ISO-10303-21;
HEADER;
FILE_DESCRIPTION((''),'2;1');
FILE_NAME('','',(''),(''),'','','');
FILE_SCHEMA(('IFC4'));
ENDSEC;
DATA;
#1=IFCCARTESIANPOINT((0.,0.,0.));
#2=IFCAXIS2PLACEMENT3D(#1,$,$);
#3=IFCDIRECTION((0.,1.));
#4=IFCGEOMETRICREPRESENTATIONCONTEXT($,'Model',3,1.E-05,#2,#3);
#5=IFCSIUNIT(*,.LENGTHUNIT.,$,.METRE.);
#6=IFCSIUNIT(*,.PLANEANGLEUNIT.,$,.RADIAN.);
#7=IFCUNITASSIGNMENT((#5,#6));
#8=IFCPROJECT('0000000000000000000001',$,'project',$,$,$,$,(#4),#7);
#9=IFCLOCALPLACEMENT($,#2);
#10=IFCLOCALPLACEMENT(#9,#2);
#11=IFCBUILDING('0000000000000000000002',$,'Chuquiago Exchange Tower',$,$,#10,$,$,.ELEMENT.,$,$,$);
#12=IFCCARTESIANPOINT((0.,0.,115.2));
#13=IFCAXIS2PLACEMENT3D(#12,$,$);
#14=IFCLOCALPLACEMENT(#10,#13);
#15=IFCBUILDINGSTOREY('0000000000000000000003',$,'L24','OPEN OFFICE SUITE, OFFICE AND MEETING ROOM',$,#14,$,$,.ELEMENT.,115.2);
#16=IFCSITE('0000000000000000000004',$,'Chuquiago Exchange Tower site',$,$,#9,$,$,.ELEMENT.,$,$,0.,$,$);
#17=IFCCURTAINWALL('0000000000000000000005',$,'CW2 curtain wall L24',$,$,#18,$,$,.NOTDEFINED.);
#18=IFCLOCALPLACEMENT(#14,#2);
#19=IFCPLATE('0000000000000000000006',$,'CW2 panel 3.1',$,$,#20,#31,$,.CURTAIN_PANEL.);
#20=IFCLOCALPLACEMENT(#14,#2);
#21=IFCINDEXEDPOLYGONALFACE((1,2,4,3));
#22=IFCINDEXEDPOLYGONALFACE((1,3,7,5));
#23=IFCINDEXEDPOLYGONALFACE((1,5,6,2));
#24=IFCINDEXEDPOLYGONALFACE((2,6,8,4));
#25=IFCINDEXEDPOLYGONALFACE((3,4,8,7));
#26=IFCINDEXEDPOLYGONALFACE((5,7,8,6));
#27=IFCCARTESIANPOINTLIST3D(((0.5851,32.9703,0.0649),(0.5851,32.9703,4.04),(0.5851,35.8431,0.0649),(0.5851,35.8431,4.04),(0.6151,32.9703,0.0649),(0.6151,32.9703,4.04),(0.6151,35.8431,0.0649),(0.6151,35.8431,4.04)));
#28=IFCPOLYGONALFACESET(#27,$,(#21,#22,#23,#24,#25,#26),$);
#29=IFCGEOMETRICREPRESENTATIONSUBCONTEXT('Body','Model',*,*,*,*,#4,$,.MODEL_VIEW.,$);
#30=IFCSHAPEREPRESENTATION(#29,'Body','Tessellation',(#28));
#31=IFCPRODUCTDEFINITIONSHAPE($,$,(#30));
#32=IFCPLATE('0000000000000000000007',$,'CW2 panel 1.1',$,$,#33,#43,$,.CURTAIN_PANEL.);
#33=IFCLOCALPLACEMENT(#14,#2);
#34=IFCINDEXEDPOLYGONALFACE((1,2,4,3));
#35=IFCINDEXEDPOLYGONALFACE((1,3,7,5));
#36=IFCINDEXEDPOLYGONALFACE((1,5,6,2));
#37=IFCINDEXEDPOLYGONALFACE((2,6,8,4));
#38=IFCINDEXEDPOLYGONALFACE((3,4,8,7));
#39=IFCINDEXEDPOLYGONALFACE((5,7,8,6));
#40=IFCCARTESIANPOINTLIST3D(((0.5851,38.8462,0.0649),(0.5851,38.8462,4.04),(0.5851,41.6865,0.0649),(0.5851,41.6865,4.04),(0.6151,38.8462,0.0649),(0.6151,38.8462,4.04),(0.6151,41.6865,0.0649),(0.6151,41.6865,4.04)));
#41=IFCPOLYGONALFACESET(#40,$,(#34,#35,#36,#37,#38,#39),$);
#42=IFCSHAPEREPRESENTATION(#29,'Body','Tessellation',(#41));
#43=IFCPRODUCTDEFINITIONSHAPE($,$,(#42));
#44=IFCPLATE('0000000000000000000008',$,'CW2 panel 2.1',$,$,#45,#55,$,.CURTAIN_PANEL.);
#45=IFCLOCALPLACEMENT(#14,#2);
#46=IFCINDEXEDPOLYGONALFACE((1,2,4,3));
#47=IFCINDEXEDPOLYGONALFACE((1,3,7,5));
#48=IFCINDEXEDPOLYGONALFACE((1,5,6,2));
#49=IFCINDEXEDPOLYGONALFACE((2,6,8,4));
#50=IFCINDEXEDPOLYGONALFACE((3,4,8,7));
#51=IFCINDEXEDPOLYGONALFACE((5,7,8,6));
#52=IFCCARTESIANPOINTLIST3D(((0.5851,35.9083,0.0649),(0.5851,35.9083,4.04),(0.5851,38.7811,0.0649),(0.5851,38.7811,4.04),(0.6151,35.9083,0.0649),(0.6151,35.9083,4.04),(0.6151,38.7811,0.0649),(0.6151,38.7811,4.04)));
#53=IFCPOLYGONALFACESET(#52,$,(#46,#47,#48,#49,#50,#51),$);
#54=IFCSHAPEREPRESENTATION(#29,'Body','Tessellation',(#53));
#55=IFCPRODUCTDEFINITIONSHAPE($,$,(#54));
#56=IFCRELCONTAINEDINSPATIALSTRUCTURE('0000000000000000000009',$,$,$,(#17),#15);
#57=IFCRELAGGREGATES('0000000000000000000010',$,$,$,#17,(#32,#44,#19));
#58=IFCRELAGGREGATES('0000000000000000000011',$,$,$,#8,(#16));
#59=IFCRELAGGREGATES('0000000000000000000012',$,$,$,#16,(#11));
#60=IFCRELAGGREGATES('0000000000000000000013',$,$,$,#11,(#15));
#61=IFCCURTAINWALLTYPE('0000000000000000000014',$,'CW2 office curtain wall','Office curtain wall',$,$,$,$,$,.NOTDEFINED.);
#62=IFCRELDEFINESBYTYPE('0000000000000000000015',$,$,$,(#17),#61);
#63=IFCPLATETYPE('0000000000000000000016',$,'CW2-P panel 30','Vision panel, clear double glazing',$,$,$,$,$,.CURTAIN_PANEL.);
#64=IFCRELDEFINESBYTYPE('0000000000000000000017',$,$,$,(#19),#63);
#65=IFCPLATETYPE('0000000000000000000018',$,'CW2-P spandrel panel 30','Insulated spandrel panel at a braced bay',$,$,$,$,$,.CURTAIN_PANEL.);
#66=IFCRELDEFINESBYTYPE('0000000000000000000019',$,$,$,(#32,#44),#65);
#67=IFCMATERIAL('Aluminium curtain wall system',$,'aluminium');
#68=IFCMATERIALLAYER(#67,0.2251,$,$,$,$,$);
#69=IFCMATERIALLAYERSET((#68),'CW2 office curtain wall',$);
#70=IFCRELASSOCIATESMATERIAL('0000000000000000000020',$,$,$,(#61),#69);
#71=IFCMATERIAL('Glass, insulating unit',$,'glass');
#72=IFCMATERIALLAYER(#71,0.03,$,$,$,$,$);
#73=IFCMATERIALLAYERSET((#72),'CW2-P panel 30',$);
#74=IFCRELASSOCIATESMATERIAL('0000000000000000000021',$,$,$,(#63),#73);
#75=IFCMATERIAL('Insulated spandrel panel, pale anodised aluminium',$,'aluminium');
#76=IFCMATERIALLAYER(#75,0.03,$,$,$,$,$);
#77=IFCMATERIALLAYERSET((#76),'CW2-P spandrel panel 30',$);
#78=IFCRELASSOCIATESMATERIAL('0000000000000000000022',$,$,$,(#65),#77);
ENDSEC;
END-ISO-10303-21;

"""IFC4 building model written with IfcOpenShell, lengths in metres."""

from ifc_helpers import new_model, si_unit, direction, frame, origin, origin_2d, place, context, subcontext, project, spatial, rectangle, extrude, material, layer, layer_set, type_object, element, aggregate, save


model = new_model("IFC4")

# Units and contexts
model_context = context("Model", 3, precision=1e-05, world=origin(), true_north=direction((0.0, 1.0)))
body_context = subcontext(model_context, "Body", "Model", "MODEL_VIEW")
ifc_project = project(units=[si_unit("LENGTHUNIT", "METRE"), si_unit("PLANEANGLEUNIT", "RADIAN")], contexts=[model_context])

# Site, building, storey
site_placement = place(None, origin())
site = spatial("IfcSite", under=ifc_project, at=site_placement, Name="Chuquiago Exchange Tower site", CompositionType="ELEMENT", RefElevation=0.0)
building_placement = place(site_placement, origin())
building = spatial("IfcBuilding", under=site, at=building_placement, Name="Chuquiago Exchange Tower", CompositionType="ELEMENT")
storey_placement = place(building_placement, frame((0.0, 0.0, 115.2)))
storey = spatial("IfcBuildingStorey", under=building, at=storey_placement, Name="L24", Description="OPEN OFFICE SUITE, OFFICE AND MEETING ROOM", CompositionType="ELEMENT", Elevation=115.2)

# Curtain wall
ifc_material_1 = material(Name="Aluminium curtain wall system", Category="aluminium")
ifc_layer_1 = layer(ifc_material_1, 0.2251)
ifc_layer_set_1 = layer_set([ifc_layer_1], Name="CW2 office curtain wall")
curtain_wall_type = type_object("IfcCurtainWallType", Name="CW2 office curtain wall", Description="Office curtain wall", PredefinedType="NOTDEFINED", material=ifc_layer_set_1)
curtain_wall_placement = place(storey_placement, origin())
curtain_wall = element("IfcCurtainWall", 1, at=curtain_wall_placement, inside=storey, type_object=curtain_wall_type, Name="CW2 curtain wall L24", PredefinedType="NOTDEFINED")

# Plates
ifc_material_2 = material(Name="Glass, insulating unit", Category="glass")
ifc_layer_2 = layer(ifc_material_2, 0.03)
ifc_layer_set_2 = layer_set([ifc_layer_2], Name="CW2-P panel 30")
plate_type_1 = type_object("IfcPlateType", Name="CW2-P panel 30", Description="Vision panel, clear double glazing", PredefinedType="CURTAIN_PANEL", material=ifc_layer_set_2)
plate_1_placement = place(storey_placement, frame((0.6001, 34.4067, 0.0649), z_axis=(0.0, 0.0, 1.0), x_axis=(0.0, -1.0, 0.0)))
plate_1 = element("IfcPlate", 2, at=plate_1_placement, type_object=plate_type_1, Name="CW2 panel 3.1", PredefinedType="CURTAIN_PANEL", context=body_context, shape_type="SweptSolid", body=[
    extrude(rectangle(XDim=2.8728, YDim=0.03, at=origin_2d()), origin(), (0.0, 0.0, 1.0), 3.9751),
])
ifc_material_3 = material(Name="Insulated spandrel panel, pale anodised aluminium", Category="aluminium")
ifc_layer_3 = layer(ifc_material_3, 0.03)
ifc_layer_set_3 = layer_set([ifc_layer_3], Name="CW2-P spandrel panel 30")
plate_type_2 = type_object("IfcPlateType", Name="CW2-P spandrel panel 30", Description="Insulated spandrel panel at a braced bay", PredefinedType="CURTAIN_PANEL", material=ifc_layer_set_3)
plate_2_placement = place(storey_placement, frame((0.6001, 40.2664, 0.0649), z_axis=(0.0, 0.0, 1.0), x_axis=(0.0, -1.0, 0.0)))
plate_2 = element("IfcPlate", 3, at=plate_2_placement, type_object=plate_type_2, Name="CW2 panel 1.1", PredefinedType="CURTAIN_PANEL", context=body_context, shape_type="SweptSolid", body=[
    extrude(rectangle(XDim=2.8403, YDim=0.03, at=origin_2d()), origin(), (0.0, 0.0, 1.0), 3.9751),
])
plate_3_placement = place(storey_placement, frame((0.6001, 37.3447, 0.0649), z_axis=(0.0, 0.0, 1.0), x_axis=(0.0, -1.0, 0.0)))
plate_3 = element("IfcPlate", 4, at=plate_3_placement, type_object=plate_type_2, Name="CW2 panel 2.1", PredefinedType="CURTAIN_PANEL", context=body_context, shape_type="SweptSolid", body=[
    extrude(rectangle(XDim=2.8728, YDim=0.03, at=origin_2d()), origin(), (0.0, 0.0, 1.0), 3.9751),
])
aggregate(curtain_wall, [plate_2, plate_3, plate_1])

save(model, "model.ifc")
